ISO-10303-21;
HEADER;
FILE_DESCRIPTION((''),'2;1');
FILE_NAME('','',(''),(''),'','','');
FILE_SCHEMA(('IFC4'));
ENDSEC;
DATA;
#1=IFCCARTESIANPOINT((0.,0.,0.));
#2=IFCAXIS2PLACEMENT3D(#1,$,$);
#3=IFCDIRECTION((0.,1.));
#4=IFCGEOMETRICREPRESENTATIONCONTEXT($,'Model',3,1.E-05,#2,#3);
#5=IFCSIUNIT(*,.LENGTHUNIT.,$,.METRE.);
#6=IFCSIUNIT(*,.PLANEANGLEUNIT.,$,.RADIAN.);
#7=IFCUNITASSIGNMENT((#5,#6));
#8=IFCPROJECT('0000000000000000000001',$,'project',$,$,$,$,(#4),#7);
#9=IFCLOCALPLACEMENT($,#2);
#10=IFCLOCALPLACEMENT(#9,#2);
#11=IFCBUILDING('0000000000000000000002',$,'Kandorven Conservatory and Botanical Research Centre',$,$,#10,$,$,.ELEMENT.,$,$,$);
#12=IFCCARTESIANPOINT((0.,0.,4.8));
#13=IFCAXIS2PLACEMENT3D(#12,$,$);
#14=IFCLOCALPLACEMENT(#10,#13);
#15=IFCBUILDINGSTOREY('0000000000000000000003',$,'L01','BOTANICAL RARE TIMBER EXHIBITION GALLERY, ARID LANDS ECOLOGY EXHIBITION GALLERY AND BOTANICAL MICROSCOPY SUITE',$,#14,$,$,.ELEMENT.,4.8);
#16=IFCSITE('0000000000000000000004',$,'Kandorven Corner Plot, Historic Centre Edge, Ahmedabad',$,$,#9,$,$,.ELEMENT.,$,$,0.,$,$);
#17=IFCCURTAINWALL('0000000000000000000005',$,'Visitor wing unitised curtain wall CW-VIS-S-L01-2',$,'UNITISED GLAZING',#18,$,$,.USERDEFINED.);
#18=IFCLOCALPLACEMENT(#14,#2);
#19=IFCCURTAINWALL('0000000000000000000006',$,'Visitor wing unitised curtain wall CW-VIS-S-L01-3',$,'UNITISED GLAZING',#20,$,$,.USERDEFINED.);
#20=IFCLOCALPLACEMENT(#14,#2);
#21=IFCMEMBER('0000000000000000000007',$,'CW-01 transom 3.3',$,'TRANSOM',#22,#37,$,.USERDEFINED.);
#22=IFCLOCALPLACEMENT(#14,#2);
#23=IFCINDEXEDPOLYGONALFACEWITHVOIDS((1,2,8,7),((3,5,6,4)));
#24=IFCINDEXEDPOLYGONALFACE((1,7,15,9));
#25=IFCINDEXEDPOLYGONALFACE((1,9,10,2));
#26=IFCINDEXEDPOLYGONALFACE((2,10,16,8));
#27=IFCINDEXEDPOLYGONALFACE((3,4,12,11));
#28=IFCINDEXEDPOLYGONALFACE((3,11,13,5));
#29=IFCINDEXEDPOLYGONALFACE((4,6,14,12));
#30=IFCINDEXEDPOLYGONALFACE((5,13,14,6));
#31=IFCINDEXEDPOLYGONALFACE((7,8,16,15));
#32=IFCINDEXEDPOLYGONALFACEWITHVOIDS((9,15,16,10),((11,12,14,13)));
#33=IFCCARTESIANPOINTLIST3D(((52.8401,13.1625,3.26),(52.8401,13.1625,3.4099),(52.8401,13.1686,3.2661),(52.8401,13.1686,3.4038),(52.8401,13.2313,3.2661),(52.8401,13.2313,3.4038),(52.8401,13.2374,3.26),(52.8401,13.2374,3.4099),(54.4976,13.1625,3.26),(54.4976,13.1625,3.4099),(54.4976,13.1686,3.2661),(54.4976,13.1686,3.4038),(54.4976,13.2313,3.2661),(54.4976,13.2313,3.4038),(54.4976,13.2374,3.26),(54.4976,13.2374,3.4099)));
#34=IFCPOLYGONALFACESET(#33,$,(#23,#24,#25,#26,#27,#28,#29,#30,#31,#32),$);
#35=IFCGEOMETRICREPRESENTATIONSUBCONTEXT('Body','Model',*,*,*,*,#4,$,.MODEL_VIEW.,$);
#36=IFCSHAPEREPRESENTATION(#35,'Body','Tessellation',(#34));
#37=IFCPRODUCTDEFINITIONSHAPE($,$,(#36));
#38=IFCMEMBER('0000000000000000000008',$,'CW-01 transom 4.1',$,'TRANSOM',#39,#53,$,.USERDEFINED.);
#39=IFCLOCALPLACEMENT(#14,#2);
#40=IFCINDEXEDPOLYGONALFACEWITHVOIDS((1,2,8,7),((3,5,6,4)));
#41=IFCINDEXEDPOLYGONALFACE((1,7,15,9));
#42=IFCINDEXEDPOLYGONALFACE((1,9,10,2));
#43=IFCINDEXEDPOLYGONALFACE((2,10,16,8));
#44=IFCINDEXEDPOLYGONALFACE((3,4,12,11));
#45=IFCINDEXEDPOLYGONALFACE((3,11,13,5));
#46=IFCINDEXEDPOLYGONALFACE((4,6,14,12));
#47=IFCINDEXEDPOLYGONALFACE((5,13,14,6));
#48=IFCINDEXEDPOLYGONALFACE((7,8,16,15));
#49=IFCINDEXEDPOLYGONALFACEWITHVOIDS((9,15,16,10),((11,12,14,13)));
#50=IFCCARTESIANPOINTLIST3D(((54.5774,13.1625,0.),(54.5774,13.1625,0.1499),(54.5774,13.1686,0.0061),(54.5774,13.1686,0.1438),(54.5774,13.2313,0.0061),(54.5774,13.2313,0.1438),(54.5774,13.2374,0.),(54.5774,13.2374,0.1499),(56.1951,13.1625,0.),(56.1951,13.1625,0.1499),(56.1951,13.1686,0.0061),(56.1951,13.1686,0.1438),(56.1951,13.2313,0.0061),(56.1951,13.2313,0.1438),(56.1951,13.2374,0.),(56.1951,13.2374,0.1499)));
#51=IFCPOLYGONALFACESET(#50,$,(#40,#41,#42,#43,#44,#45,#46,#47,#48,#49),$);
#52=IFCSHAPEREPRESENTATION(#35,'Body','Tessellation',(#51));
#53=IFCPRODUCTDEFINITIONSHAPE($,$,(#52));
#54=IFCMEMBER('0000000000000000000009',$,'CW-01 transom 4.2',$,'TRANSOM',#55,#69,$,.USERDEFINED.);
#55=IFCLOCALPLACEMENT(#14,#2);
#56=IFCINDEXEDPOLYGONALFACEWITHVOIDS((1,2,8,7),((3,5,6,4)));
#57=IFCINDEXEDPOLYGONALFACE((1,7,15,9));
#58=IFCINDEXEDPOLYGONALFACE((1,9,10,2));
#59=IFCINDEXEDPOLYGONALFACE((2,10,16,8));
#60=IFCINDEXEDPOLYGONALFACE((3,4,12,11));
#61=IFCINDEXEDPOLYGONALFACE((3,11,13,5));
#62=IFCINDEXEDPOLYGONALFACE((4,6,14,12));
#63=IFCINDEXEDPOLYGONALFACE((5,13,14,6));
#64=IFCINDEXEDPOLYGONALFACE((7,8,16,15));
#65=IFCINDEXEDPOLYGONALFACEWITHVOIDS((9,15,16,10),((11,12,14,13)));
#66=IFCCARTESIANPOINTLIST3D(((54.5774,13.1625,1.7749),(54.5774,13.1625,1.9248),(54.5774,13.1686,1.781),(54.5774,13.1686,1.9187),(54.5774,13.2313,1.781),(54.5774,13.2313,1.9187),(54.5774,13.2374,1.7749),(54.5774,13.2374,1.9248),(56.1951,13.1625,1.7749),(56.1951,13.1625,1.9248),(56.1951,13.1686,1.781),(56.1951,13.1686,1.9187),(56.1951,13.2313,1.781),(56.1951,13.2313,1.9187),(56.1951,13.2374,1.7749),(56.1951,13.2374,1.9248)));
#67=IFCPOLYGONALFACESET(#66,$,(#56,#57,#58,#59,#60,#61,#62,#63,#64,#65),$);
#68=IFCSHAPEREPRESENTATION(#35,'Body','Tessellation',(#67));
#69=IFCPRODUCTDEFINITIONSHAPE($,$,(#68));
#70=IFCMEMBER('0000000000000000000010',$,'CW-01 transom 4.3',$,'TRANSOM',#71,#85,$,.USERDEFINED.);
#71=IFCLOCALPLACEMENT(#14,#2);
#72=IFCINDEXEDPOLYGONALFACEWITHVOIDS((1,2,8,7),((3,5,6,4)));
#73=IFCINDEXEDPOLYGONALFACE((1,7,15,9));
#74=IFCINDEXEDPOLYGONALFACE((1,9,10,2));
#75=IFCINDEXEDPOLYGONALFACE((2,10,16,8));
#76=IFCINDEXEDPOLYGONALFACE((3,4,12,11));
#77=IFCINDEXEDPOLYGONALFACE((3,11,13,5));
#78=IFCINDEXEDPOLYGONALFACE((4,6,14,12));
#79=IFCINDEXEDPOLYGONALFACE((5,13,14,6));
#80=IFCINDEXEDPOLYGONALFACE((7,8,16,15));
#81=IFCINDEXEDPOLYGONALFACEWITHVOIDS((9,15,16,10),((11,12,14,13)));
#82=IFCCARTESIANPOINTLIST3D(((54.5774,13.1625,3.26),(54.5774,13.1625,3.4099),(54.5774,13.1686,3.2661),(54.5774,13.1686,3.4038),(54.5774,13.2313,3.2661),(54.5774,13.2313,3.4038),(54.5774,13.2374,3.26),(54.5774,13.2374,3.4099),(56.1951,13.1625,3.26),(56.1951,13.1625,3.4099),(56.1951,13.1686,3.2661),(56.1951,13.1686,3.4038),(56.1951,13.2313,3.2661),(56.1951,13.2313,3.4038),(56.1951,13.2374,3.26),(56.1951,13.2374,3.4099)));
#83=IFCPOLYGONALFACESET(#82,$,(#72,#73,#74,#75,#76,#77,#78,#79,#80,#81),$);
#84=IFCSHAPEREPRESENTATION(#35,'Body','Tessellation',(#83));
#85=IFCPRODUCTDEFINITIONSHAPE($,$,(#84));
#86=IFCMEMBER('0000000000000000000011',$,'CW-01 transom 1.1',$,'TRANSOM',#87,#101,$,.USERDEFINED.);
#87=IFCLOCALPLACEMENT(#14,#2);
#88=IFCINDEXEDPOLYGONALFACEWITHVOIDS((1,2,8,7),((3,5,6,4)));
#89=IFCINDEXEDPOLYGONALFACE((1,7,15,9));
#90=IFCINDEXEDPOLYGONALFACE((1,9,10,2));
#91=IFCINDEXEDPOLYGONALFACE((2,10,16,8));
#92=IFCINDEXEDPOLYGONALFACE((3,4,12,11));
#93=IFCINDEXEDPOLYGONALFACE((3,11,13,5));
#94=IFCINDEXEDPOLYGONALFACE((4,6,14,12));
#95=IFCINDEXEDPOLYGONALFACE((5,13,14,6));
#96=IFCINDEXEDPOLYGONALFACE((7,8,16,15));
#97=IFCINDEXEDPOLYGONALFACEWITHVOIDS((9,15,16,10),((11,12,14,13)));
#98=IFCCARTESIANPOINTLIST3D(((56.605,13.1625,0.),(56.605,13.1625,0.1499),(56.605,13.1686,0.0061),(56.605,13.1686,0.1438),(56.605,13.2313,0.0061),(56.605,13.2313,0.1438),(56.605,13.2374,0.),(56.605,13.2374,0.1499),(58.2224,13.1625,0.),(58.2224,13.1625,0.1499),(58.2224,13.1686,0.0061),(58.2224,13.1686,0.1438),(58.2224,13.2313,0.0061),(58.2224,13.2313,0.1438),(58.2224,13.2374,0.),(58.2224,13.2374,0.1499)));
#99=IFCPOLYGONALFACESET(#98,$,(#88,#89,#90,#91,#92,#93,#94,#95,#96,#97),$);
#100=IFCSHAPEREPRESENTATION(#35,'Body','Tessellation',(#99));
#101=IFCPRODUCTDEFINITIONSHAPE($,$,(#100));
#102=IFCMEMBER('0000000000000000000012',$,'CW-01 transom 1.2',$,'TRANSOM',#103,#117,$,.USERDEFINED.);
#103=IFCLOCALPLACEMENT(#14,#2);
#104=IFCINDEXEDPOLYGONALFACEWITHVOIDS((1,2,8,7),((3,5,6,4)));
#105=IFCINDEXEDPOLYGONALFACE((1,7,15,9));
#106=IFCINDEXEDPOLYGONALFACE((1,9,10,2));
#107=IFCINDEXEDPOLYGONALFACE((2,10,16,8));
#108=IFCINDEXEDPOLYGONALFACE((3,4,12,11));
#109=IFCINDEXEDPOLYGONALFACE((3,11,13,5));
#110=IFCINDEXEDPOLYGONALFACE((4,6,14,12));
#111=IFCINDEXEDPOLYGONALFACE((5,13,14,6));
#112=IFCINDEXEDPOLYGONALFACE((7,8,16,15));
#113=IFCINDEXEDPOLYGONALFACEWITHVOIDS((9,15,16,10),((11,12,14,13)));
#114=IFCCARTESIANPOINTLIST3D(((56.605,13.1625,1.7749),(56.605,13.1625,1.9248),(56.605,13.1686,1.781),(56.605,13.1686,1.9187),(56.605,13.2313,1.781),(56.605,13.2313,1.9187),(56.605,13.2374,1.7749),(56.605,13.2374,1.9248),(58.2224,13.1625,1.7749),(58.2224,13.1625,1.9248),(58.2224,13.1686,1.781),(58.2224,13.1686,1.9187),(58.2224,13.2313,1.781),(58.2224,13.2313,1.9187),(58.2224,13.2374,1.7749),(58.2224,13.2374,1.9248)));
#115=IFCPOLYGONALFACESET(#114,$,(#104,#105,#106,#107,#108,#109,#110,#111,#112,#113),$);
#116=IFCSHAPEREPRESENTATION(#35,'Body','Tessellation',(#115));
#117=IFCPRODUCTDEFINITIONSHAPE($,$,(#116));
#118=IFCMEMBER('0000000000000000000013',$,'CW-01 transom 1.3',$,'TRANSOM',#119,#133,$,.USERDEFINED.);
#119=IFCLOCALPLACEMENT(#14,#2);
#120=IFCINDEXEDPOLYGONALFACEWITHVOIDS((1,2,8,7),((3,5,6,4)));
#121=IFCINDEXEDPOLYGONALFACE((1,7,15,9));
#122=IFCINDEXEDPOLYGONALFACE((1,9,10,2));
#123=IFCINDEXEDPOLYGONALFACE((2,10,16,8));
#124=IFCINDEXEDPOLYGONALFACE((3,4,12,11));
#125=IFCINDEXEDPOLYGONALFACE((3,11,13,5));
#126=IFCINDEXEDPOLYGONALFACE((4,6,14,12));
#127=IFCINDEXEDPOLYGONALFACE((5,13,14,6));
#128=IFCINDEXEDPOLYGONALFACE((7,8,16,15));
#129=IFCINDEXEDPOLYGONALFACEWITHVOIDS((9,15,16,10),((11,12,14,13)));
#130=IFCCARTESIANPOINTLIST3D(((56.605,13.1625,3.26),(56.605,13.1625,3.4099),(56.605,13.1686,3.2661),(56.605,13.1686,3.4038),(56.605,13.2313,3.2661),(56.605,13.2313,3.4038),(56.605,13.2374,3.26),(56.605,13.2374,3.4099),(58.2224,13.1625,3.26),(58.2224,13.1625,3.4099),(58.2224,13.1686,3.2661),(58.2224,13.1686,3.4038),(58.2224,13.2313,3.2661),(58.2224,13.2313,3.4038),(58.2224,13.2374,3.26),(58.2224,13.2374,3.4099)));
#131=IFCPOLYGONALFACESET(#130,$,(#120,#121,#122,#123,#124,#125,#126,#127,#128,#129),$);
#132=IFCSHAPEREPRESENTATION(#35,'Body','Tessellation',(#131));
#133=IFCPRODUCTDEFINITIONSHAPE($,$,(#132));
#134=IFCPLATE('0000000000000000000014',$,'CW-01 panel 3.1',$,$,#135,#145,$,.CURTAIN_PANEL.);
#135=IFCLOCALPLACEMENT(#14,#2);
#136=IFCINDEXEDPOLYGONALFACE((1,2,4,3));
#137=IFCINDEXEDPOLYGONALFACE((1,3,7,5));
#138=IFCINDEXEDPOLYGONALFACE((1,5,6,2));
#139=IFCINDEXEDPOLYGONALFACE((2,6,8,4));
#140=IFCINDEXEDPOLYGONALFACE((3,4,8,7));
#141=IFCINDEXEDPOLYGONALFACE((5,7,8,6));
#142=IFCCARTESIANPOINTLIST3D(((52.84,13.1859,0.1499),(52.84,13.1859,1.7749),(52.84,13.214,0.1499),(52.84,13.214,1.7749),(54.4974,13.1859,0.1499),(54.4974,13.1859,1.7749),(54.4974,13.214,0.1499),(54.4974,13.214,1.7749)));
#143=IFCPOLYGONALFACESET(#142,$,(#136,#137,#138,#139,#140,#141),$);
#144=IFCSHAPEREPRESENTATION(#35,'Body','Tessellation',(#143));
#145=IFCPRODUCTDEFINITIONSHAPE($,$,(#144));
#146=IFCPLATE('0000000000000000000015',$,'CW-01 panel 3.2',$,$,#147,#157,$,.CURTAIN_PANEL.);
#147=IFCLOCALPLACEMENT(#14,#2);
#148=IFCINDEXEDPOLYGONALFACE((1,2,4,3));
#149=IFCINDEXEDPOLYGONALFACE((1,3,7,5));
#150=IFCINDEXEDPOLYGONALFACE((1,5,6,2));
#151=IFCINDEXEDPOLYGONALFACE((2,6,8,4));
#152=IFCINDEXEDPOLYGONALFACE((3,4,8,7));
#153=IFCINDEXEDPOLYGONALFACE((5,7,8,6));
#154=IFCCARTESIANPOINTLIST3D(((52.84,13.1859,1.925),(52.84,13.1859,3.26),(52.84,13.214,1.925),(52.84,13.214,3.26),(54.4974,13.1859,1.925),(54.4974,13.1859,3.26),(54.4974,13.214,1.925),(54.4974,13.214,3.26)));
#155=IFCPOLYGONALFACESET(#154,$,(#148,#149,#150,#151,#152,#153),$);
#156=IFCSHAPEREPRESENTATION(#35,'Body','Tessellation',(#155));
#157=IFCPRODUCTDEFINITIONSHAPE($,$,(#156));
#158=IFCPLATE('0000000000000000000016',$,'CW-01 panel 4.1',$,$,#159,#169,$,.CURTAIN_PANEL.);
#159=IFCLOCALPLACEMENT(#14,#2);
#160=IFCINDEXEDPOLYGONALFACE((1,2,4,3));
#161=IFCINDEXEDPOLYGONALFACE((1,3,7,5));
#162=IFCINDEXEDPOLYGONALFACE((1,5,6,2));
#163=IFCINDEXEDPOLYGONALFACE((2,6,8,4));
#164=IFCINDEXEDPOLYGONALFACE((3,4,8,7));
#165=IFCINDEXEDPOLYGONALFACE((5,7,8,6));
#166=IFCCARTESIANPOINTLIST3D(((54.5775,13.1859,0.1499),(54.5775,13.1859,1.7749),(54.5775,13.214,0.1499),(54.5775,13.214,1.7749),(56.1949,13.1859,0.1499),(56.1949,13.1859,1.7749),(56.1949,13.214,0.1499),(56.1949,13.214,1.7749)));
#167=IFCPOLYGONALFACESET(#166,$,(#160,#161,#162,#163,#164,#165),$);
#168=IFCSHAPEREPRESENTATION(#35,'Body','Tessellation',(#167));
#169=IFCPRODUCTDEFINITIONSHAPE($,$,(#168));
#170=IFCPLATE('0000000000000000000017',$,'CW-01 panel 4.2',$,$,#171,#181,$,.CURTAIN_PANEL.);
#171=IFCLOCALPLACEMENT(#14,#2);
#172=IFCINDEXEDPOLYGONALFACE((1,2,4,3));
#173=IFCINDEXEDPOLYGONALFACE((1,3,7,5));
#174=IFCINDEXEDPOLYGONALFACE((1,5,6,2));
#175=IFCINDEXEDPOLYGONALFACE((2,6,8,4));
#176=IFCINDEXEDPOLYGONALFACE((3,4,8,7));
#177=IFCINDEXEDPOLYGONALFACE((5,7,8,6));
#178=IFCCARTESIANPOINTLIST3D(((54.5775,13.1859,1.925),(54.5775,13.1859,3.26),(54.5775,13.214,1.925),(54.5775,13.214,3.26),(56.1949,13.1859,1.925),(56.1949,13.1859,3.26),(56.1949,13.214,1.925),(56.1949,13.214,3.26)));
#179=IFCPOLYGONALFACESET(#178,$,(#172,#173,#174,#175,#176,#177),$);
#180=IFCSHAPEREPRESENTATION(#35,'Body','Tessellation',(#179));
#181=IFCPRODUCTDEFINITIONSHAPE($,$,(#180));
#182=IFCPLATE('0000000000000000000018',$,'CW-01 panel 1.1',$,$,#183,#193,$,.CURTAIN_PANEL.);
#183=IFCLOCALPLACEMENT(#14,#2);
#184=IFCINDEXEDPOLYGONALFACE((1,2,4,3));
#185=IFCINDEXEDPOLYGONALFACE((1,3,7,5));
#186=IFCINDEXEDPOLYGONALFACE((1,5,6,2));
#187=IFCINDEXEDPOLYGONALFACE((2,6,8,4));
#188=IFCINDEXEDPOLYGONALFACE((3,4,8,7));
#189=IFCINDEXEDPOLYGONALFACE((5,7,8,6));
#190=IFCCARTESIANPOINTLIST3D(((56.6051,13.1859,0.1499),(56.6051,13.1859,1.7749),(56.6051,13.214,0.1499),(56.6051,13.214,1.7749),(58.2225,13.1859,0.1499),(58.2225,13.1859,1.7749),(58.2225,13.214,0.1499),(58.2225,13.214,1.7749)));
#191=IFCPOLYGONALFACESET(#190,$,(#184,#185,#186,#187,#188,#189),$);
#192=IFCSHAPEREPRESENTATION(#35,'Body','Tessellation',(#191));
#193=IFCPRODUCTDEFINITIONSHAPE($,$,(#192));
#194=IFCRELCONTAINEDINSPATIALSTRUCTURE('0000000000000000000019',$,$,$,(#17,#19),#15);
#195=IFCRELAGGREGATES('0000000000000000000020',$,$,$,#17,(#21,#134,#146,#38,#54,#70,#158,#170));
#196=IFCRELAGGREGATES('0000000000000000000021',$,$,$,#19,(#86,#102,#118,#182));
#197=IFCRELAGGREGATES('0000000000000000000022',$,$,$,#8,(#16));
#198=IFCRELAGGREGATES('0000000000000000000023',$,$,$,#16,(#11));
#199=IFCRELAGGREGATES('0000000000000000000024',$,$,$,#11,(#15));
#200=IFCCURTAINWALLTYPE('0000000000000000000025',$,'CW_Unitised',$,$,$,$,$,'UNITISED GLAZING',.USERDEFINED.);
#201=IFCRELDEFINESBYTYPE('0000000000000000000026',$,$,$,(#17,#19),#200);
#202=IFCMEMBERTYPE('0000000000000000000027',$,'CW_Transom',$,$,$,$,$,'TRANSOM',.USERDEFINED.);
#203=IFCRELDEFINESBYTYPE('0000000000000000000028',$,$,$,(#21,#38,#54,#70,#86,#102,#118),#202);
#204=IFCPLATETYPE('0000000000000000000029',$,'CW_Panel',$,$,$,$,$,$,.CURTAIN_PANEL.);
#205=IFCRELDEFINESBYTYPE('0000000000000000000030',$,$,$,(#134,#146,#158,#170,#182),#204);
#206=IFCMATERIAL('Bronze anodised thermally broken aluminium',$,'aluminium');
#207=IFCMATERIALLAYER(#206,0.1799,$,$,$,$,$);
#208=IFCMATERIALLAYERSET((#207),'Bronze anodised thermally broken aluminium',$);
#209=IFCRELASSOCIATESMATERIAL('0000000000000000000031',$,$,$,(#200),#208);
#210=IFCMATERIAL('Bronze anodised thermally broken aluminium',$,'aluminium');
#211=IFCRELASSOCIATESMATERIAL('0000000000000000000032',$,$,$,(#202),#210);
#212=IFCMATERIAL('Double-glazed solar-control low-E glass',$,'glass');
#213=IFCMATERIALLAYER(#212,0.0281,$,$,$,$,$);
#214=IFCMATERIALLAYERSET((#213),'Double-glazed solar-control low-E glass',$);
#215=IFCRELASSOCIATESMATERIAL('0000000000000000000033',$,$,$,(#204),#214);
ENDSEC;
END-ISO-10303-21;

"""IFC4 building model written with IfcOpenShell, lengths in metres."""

from ifc_helpers import new_model, si_unit, direction, frame, origin, origin_2d, place, context, subcontext, project, spatial, rectangle, hollow_rectangle, extrude, material, layer, layer_set, material_profile, profile_set, type_object, element, aggregate, save


model = new_model("IFC4")

# Units and contexts
model_context = context("Model", 3, precision=1e-05, world=origin(), true_north=direction((0.0, 1.0)))
body_context = subcontext(model_context, "Body", "Model", "MODEL_VIEW")
ifc_project = project(units=[si_unit("LENGTHUNIT", "METRE"), si_unit("PLANEANGLEUNIT", "RADIAN")], contexts=[model_context])

# Site, building, storey
site_placement = place(None, origin())
site = spatial("IfcSite", under=ifc_project, at=site_placement, Name="Kandorven Corner Plot, Historic Centre Edge, Ahmedabad", CompositionType="ELEMENT", RefElevation=0.0)
building_placement = place(site_placement, origin())
building = spatial("IfcBuilding", under=site, at=building_placement, Name="Kandorven Conservatory and Botanical Research Centre", CompositionType="ELEMENT")
storey_placement = place(building_placement, frame((0.0, 0.0, 4.8)))
storey = spatial("IfcBuildingStorey", under=building, at=storey_placement, Name="L01", Description="BOTANICAL RARE TIMBER EXHIBITION GALLERY, ARID LANDS ECOLOGY EXHIBITION GALLERY AND BOTANICAL MICROSCOPY SUITE", CompositionType="ELEMENT", Elevation=4.8)

# Curtain wall
ifc_material_1 = material(Name="Bronze anodised thermally broken aluminium", Category="aluminium")
ifc_layer_1 = layer(ifc_material_1, 0.1799)
ifc_layer_set_1 = layer_set([ifc_layer_1], Name="Bronze anodised thermally broken aluminium")
curtain_wall_type = type_object("IfcCurtainWallType", Name="CW_Unitised", ElementType="UNITISED GLAZING", PredefinedType="USERDEFINED", material=ifc_layer_set_1)
curtain_wall_1_placement = place(storey_placement, origin())
curtain_wall_1 = element("IfcCurtainWall", 1, at=curtain_wall_1_placement, inside=storey, type_object=curtain_wall_type, Name="Visitor wing unitised curtain wall CW-VIS-S-L01-2", ObjectType="UNITISED GLAZING", PredefinedType="USERDEFINED")

# Curtain wall
curtain_wall_2_placement = place(storey_placement, origin())
curtain_wall_2 = element("IfcCurtainWall", 2, at=curtain_wall_2_placement, inside=storey, type_object=curtain_wall_type, Name="Visitor wing unitised curtain wall CW-VIS-S-L01-3", ObjectType="UNITISED GLAZING", PredefinedType="USERDEFINED")

# Members
ifc_material_2 = material(Name="Bronze anodised thermally broken aluminium", Category="aluminium")
ifc_material_profile_1 = material_profile(ifc_material_2, hollow_rectangle(XDim=0.075, YDim=0.1499, WallThickness=0.0061, at=origin_2d()))
ifc_profile_set_1 = profile_set([ifc_material_profile_1], Name="Bronze anodised thermally broken aluminium")
member_type_1 = type_object("IfcMemberType", Name="CW_Transom", ElementType="TRANSOM", PredefinedType="USERDEFINED", material=ifc_profile_set_1)
member_1_placement = place(storey_placement, frame((52.8401, 13.2, 3.335), z_axis=(1.0, 0.0, 0.0), x_axis=(0.0, 1.0, 0.0)))
member_1 = element("IfcMember", 3, at=member_1_placement, type_object=member_type_1, Name="CW-01 transom 3.3", ObjectType="TRANSOM", PredefinedType="USERDEFINED", context=body_context, shape_type="SweptSolid", body=[
    extrude(hollow_rectangle(XDim=0.075, YDim=0.1499, WallThickness=0.0061, at=origin_2d()), origin(), (0.0, 0.0, 1.0), 1.6575),
])
member_2_placement = place(storey_placement, frame((54.5774, 13.2, 0.075), z_axis=(1.0, 0.0, 0.0), x_axis=(0.0, 1.0, 0.0)))
member_2 = element("IfcMember", 4, at=member_2_placement, type_object=member_type_1, Name="CW-01 transom 4.1", ObjectType="TRANSOM", PredefinedType="USERDEFINED", context=body_context, shape_type="SweptSolid", body=[
    extrude(hollow_rectangle(XDim=0.075, YDim=0.1499, WallThickness=0.0061, at=origin_2d()), origin(), (0.0, 0.0, 1.0), 1.6177),
])
member_3_placement = place(storey_placement, frame((54.5774, 13.2, 1.8499), z_axis=(1.0, 0.0, 0.0), x_axis=(0.0, 1.0, 0.0)))
member_3 = element("IfcMember", 5, at=member_3_placement, type_object=member_type_1, Name="CW-01 transom 4.2", ObjectType="TRANSOM", PredefinedType="USERDEFINED", context=body_context, shape_type="SweptSolid", body=[
    extrude(hollow_rectangle(XDim=0.075, YDim=0.1499, WallThickness=0.0061, at=origin_2d()), origin(), (0.0, 0.0, 1.0), 1.6177),
])
member_4_placement = place(storey_placement, frame((54.5774, 13.2, 3.335), z_axis=(1.0, 0.0, 0.0), x_axis=(0.0, 1.0, 0.0)))
member_4 = element("IfcMember", 6, at=member_4_placement, type_object=member_type_1, Name="CW-01 transom 4.3", ObjectType="TRANSOM", PredefinedType="USERDEFINED", context=body_context, shape_type="SweptSolid", body=[
    extrude(hollow_rectangle(XDim=0.075, YDim=0.1499, WallThickness=0.0061, at=origin_2d()), origin(), (0.0, 0.0, 1.0), 1.6177),
])
member_5_placement = place(storey_placement, frame((56.605, 13.2, 0.075), z_axis=(1.0, 0.0, 0.0), x_axis=(0.0, 1.0, 0.0)))
member_5 = element("IfcMember", 7, at=member_5_placement, type_object=member_type_1, Name="CW-01 transom 1.1", ObjectType="TRANSOM", PredefinedType="USERDEFINED", context=body_context, shape_type="SweptSolid", body=[
    extrude(hollow_rectangle(XDim=0.075, YDim=0.1499, WallThickness=0.0061, at=origin_2d()), origin(), (0.0, 0.0, 1.0), 1.6174),
])
member_6_placement = place(storey_placement, frame((56.605, 13.2, 1.8499), z_axis=(1.0, 0.0, 0.0), x_axis=(0.0, 1.0, 0.0)))
member_6 = element("IfcMember", 8, at=member_6_placement, type_object=member_type_1, Name="CW-01 transom 1.2", ObjectType="TRANSOM", PredefinedType="USERDEFINED", context=body_context, shape_type="SweptSolid", body=[
    extrude(hollow_rectangle(XDim=0.075, YDim=0.1499, WallThickness=0.0061, at=origin_2d()), origin(), (0.0, 0.0, 1.0), 1.6174),
])
member_7_placement = place(storey_placement, frame((56.605, 13.2, 3.335), z_axis=(1.0, 0.0, 0.0), x_axis=(0.0, 1.0, 0.0)))
member_7 = element("IfcMember", 9, at=member_7_placement, type_object=member_type_1, Name="CW-01 transom 1.3", ObjectType="TRANSOM", PredefinedType="USERDEFINED", context=body_context, shape_type="SweptSolid", body=[
    extrude(hollow_rectangle(XDim=0.075, YDim=0.1499, WallThickness=0.0061, at=origin_2d()), origin(), (0.0, 0.0, 1.0), 1.6174),
])

# Plates
ifc_material_3 = material(Name="Double-glazed solar-control low-E glass", Category="glass")
ifc_layer_2 = layer(ifc_material_3, 0.0281)
ifc_layer_set_2 = layer_set([ifc_layer_2], Name="Double-glazed solar-control low-E glass")
plate_type = type_object("IfcPlateType", Name="CW_Panel", PredefinedType="CURTAIN_PANEL", material=ifc_layer_set_2)
plate_1_placement = place(storey_placement, frame((53.6687, 13.2, 0.1499), z_axis=(0.0, 0.0, 1.0), x_axis=(1.0, 0.0, 0.0)))
plate_1 = element("IfcPlate", 10, at=plate_1_placement, type_object=plate_type, Name="CW-01 panel 3.1", PredefinedType="CURTAIN_PANEL", context=body_context, shape_type="SweptSolid", body=[
    extrude(rectangle(XDim=1.6575, YDim=0.0281, at=origin_2d()), origin(), (0.0, 0.0, 1.0), 1.625),
])
plate_2_placement = place(storey_placement, frame((53.6687, 13.2, 1.925), z_axis=(0.0, 0.0, 1.0), x_axis=(1.0, 0.0, 0.0)))
plate_2 = element("IfcPlate", 11, at=plate_2_placement, type_object=plate_type, Name="CW-01 panel 3.2", PredefinedType="CURTAIN_PANEL", context=body_context, shape_type="SweptSolid", body=[
    extrude(rectangle(XDim=1.6575, YDim=0.0281, at=origin_2d()), origin(), (0.0, 0.0, 1.0), 1.335),
])
plate_3_placement = place(storey_placement, frame((55.3862, 13.2, 0.1499), z_axis=(0.0, 0.0, 1.0), x_axis=(1.0, 0.0, 0.0)))
plate_3 = element("IfcPlate", 12, at=plate_3_placement, type_object=plate_type, Name="CW-01 panel 4.1", PredefinedType="CURTAIN_PANEL", context=body_context, shape_type="SweptSolid", body=[
    extrude(rectangle(XDim=1.6174, YDim=0.0281, at=origin_2d()), origin(), (0.0, 0.0, 1.0), 1.625),
])
plate_4_placement = place(storey_placement, frame((55.3862, 13.2, 1.925), z_axis=(0.0, 0.0, 1.0), x_axis=(1.0, 0.0, 0.0)))
plate_4 = element("IfcPlate", 13, at=plate_4_placement, type_object=plate_type, Name="CW-01 panel 4.2", PredefinedType="CURTAIN_PANEL", context=body_context, shape_type="SweptSolid", body=[
    extrude(rectangle(XDim=1.6174, YDim=0.0281, at=origin_2d()), origin(), (0.0, 0.0, 1.0), 1.335),
])
aggregate(curtain_wall_1, [member_1, plate_1, plate_2, member_2, member_3, member_4, plate_3, plate_4])
plate_5_placement = place(storey_placement, frame((57.4138, 13.2, 0.1499), z_axis=(0.0, 0.0, 1.0), x_axis=(1.0, 0.0, 0.0)))
plate_5 = element("IfcPlate", 14, at=plate_5_placement, type_object=plate_type, Name="CW-01 panel 1.1", PredefinedType="CURTAIN_PANEL", context=body_context, shape_type="SweptSolid", body=[
    extrude(rectangle(XDim=1.6174, YDim=0.0281, at=origin_2d()), origin(), (0.0, 0.0, 1.0), 1.625),
])
aggregate(curtain_wall_2, [member_5, member_6, member_7, plate_5])

save(model, "model.ifc")
